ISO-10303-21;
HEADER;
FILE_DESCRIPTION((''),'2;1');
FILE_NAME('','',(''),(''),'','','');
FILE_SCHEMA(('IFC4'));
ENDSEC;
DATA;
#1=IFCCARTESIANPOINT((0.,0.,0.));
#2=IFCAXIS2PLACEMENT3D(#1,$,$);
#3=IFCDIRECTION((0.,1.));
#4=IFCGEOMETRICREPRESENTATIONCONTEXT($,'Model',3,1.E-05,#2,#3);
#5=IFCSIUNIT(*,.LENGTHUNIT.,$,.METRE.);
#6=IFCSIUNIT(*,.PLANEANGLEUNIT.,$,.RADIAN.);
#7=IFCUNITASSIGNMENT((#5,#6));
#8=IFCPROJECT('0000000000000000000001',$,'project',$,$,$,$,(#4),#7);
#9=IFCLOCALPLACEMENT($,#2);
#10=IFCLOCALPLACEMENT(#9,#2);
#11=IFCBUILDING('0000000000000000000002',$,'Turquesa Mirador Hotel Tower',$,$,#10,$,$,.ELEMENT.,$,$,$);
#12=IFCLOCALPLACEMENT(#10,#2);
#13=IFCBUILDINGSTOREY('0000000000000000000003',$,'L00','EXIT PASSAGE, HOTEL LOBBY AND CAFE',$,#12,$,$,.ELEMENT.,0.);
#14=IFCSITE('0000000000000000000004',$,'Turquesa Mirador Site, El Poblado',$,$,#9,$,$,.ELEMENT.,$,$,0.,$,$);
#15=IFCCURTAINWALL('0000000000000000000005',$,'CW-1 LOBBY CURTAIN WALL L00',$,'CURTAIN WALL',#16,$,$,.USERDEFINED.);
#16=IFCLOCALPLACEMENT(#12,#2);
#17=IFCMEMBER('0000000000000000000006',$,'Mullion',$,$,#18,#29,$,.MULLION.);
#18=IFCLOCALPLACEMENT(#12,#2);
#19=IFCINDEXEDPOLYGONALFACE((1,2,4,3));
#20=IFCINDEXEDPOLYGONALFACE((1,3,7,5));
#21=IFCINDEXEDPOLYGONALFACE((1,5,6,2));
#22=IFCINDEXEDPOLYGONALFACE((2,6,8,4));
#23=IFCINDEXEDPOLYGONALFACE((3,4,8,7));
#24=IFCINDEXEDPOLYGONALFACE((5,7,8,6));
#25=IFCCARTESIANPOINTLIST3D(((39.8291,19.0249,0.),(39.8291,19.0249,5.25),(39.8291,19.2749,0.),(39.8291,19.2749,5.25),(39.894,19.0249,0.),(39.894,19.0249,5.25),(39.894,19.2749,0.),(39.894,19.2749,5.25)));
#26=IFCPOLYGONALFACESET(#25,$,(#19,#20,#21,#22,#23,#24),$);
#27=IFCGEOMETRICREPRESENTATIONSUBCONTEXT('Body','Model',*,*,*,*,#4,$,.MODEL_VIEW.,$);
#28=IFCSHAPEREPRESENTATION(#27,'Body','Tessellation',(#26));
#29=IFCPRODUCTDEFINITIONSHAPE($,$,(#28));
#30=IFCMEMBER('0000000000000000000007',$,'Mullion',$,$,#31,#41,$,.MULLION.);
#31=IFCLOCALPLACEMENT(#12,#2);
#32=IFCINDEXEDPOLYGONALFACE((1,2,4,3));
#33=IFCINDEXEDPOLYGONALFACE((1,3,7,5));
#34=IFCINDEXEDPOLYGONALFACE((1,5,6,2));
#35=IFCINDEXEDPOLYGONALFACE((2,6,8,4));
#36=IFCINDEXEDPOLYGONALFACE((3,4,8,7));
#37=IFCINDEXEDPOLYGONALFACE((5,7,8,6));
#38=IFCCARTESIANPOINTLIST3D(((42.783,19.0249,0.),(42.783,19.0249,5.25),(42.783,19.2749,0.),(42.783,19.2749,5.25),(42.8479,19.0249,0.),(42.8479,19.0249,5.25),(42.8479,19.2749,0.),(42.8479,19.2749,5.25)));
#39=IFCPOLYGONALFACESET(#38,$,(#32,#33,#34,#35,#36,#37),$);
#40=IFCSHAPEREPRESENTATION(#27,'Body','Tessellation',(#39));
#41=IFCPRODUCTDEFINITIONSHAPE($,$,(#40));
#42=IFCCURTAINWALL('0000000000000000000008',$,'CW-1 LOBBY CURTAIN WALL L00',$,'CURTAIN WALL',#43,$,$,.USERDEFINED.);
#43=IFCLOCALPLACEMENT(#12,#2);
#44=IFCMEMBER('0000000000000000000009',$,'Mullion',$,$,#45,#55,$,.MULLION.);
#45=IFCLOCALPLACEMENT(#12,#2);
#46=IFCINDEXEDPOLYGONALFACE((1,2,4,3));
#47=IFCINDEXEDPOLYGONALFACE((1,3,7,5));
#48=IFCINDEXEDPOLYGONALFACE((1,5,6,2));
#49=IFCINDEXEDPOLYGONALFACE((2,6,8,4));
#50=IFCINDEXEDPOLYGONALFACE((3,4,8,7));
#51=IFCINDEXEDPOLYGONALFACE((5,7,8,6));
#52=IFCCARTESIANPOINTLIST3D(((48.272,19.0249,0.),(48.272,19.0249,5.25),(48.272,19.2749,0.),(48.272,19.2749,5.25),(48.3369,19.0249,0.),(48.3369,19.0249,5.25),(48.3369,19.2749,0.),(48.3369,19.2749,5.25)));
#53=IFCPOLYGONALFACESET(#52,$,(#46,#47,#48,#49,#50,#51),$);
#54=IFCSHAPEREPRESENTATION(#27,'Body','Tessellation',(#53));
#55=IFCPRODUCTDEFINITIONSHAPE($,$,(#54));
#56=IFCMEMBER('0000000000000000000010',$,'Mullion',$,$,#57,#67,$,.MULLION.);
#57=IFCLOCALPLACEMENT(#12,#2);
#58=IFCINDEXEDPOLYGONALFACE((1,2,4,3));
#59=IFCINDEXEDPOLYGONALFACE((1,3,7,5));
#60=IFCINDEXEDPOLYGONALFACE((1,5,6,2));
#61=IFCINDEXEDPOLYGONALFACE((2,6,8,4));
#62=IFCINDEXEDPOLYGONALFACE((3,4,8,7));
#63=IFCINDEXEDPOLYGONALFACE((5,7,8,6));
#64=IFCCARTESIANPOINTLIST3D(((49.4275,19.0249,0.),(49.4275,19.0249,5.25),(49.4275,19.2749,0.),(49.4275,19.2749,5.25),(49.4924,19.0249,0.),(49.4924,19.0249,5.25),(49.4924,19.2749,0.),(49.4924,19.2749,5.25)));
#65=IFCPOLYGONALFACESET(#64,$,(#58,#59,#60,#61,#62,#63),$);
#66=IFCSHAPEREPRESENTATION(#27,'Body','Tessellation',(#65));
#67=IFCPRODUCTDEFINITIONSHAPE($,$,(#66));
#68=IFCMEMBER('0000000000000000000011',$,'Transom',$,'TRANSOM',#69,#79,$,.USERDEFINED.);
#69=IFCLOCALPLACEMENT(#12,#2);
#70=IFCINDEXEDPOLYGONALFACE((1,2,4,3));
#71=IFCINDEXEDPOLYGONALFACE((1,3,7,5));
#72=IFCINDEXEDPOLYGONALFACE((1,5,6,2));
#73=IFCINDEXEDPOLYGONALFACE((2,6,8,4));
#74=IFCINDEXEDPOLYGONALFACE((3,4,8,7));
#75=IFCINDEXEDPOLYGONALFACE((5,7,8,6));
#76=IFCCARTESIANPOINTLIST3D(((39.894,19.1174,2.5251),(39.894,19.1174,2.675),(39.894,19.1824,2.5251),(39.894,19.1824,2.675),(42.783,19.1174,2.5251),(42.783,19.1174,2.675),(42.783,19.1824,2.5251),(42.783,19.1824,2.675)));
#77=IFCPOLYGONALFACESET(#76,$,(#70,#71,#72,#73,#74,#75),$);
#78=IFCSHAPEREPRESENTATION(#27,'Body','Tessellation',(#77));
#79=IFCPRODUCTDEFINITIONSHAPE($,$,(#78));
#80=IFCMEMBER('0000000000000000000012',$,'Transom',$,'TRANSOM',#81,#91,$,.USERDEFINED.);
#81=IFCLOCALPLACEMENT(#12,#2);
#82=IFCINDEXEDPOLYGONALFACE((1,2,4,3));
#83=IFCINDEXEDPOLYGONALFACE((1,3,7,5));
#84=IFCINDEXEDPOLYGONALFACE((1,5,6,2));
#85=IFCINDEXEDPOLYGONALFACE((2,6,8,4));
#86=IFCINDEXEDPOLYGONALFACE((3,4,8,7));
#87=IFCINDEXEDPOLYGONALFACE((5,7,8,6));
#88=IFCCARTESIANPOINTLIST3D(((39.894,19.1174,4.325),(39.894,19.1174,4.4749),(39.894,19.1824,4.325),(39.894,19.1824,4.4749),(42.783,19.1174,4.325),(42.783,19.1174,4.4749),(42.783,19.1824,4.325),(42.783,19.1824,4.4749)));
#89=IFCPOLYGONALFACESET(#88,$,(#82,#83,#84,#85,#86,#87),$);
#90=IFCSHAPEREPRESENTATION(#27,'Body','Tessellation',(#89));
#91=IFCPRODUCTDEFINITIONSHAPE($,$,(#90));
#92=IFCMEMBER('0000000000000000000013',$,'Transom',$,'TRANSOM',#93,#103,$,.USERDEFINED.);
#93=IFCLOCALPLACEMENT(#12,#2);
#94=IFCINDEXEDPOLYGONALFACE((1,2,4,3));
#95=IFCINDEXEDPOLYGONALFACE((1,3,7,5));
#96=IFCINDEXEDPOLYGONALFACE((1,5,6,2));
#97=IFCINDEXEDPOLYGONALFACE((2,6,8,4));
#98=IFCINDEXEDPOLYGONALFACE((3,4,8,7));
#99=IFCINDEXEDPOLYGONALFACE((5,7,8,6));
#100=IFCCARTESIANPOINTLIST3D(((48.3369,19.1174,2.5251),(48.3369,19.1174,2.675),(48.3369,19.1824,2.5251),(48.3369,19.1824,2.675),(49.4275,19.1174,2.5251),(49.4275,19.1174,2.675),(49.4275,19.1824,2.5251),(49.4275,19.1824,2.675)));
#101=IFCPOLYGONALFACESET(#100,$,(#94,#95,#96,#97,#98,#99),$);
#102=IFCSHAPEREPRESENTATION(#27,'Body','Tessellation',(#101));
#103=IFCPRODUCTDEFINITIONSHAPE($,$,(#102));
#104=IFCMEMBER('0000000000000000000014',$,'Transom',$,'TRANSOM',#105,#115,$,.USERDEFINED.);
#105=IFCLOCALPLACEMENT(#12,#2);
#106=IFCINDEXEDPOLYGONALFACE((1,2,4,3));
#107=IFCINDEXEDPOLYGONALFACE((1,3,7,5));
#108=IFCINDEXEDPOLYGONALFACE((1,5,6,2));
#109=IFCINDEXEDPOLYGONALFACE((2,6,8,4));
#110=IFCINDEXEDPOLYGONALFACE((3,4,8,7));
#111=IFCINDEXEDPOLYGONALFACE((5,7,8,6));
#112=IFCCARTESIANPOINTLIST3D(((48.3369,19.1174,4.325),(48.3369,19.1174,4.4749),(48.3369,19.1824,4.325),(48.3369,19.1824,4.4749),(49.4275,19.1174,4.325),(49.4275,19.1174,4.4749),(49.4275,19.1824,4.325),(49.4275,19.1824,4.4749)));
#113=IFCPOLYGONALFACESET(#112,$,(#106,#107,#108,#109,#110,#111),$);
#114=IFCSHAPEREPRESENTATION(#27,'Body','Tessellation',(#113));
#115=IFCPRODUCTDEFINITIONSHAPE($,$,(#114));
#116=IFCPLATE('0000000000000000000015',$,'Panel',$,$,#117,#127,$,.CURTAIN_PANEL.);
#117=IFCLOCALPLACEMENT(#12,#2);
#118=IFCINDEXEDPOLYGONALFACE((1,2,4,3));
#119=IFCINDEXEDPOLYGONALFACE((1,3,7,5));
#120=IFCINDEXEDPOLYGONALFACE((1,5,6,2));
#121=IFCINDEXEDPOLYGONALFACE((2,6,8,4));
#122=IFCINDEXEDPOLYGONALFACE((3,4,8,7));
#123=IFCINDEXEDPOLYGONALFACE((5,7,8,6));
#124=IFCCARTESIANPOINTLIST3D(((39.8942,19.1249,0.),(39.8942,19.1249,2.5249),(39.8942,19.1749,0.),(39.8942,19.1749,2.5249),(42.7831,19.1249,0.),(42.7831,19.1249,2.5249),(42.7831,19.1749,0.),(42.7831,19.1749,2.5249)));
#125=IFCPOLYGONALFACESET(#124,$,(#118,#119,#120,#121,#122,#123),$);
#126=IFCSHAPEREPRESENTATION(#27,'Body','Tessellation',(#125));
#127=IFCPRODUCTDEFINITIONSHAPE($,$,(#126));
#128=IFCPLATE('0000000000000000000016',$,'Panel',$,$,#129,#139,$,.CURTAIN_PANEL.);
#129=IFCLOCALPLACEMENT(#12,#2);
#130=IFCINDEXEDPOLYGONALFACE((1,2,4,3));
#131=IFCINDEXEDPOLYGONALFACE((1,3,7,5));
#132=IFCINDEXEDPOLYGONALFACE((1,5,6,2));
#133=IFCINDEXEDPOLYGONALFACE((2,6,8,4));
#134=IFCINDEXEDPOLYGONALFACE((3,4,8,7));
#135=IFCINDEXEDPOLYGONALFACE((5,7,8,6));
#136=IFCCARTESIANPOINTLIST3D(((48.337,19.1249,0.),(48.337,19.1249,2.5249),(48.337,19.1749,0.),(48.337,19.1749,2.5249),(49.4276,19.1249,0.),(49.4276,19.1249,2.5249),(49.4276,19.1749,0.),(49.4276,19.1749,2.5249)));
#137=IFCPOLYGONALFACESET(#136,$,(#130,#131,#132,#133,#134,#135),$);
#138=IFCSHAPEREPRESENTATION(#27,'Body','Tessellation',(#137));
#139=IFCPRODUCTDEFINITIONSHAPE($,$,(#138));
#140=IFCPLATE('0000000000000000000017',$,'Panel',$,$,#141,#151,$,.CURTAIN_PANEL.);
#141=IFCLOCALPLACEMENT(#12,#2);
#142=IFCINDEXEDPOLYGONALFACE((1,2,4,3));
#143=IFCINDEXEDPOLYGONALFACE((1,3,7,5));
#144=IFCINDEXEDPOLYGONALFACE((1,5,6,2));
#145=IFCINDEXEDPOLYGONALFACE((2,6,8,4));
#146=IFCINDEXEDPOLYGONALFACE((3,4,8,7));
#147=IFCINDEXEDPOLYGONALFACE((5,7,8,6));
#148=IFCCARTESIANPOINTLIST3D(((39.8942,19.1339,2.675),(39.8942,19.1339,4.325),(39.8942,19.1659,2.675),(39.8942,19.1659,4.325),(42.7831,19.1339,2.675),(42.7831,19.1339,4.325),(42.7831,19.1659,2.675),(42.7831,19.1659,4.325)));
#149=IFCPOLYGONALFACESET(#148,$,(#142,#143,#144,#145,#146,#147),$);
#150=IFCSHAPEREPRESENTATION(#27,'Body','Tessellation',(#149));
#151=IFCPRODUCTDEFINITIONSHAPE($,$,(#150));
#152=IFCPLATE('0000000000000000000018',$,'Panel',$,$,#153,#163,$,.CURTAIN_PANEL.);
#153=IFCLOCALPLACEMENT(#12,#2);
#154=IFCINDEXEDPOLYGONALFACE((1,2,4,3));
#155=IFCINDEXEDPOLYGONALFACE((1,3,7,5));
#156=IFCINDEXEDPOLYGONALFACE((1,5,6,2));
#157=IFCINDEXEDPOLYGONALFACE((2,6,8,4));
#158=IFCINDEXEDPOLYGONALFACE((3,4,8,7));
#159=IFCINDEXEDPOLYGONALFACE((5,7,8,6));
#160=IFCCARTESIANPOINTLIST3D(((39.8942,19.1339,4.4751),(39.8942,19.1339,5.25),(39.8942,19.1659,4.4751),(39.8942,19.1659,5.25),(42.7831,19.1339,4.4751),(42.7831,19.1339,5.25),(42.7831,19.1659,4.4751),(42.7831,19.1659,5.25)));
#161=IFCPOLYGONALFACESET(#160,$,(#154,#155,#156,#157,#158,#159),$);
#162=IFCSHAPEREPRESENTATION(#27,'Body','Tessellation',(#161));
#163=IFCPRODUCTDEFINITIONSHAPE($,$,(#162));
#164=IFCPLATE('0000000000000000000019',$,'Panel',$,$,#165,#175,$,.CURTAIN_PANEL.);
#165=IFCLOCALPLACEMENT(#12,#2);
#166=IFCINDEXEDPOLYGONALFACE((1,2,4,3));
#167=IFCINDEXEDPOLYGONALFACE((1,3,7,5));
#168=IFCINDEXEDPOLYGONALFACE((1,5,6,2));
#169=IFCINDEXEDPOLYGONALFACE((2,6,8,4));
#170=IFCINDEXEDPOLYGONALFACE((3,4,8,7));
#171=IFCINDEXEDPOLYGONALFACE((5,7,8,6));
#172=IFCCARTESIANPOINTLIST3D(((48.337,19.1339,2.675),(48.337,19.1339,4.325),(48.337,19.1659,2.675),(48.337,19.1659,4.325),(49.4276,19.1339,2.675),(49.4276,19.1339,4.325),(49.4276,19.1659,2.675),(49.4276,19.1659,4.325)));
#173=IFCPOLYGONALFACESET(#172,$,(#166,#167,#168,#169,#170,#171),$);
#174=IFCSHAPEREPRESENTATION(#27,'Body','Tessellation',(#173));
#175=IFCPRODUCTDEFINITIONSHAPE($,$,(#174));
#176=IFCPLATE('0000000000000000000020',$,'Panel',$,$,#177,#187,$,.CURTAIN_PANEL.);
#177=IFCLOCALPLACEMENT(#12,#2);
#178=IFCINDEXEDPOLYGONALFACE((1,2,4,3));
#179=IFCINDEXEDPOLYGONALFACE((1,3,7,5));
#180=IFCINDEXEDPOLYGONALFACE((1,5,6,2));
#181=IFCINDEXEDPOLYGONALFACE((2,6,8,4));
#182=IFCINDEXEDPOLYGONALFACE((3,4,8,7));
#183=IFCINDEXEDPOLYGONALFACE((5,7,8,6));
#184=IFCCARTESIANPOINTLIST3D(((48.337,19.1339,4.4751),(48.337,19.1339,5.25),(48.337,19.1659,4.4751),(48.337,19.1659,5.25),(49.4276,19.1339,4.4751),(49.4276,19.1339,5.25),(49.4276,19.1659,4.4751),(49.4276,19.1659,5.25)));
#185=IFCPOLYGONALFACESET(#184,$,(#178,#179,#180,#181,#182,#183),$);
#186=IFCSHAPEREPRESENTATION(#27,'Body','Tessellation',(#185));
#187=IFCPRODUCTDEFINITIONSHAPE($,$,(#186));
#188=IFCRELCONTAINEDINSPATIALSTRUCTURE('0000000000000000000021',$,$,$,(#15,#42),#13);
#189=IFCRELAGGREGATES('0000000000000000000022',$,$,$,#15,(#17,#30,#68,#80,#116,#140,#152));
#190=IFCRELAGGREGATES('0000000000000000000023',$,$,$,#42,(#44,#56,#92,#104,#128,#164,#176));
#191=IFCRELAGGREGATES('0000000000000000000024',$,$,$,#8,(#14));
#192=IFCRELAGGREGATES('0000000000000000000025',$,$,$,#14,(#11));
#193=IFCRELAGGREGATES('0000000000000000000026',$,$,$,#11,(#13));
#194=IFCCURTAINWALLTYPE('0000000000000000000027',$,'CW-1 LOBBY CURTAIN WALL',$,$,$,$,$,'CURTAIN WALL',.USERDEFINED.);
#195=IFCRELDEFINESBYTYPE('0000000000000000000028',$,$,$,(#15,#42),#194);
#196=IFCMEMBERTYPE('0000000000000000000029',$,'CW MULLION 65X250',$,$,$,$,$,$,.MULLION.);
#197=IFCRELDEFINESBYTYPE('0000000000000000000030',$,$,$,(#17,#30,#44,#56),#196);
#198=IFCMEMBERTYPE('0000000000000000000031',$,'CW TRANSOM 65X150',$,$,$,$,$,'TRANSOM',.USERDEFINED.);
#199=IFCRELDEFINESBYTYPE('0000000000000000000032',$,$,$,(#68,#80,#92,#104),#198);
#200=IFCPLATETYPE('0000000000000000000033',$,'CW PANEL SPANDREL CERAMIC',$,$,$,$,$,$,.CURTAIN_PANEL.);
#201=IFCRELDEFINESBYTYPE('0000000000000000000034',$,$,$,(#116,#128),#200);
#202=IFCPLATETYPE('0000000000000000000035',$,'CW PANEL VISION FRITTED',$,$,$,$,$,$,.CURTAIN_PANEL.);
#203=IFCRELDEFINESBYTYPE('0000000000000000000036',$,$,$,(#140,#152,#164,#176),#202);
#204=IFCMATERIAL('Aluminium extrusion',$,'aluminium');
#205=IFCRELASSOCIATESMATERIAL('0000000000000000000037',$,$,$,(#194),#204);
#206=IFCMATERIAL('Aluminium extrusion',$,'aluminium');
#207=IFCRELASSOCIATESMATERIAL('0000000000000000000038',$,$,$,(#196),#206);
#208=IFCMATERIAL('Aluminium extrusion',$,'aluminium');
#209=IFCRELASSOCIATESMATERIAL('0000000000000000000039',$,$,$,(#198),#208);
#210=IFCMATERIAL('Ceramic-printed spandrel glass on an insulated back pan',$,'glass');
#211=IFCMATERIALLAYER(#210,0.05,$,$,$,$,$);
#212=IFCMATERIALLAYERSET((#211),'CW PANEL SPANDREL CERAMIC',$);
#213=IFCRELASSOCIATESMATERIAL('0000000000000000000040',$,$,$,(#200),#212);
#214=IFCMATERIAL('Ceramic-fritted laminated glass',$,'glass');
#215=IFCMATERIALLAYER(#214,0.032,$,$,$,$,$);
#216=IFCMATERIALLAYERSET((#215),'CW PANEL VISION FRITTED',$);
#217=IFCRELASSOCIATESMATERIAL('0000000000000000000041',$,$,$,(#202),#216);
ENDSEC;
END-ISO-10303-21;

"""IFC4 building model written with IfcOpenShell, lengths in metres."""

from ifc_helpers import new_model, si_unit, direction, frame, origin, origin_2d, place, context, subcontext, project, spatial, rectangle, extrude, material, layer, layer_set, material_profile, profile_set, type_object, element, aggregate, save


model = new_model("IFC4")

# Units and contexts
model_context = context("Model", 3, precision=1e-05, world=origin(), true_north=direction((0.0, 1.0)))
body_context = subcontext(model_context, "Body", "Model", "MODEL_VIEW")
ifc_project = project(units=[si_unit("LENGTHUNIT", "METRE"), si_unit("PLANEANGLEUNIT", "RADIAN")], contexts=[model_context])

# Site, building, storey
site_placement = place(None, origin())
site = spatial("IfcSite", under=ifc_project, at=site_placement, Name="Turquesa Mirador Site, El Poblado", CompositionType="ELEMENT", RefElevation=0.0)
building_placement = place(site_placement, origin())
building = spatial("IfcBuilding", under=site, at=building_placement, Name="Turquesa Mirador Hotel Tower", CompositionType="ELEMENT")
storey_placement = place(building_placement, origin())
storey = spatial("IfcBuildingStorey", under=building, at=storey_placement, Name="L00", Description="EXIT PASSAGE, HOTEL LOBBY AND CAFE", CompositionType="ELEMENT", Elevation=0.0)

# Curtain walls, members
ifc_material_1 = material(Name="Aluminium extrusion", Category="aluminium")
curtain_wall_type = type_object("IfcCurtainWallType", Name="CW-1 LOBBY CURTAIN WALL", ElementType="CURTAIN WALL", PredefinedType="USERDEFINED", material=ifc_material_1)
curtain_wall_1_placement = place(storey_placement, origin())
curtain_wall_1 = element("IfcCurtainWall", 1, at=curtain_wall_1_placement, inside=storey, type_object=curtain_wall_type, Name="CW-1 LOBBY CURTAIN WALL L00", ObjectType="CURTAIN WALL", PredefinedType="USERDEFINED")
ifc_material_2 = material(Name="Aluminium extrusion", Category="aluminium")
ifc_material_profile_1 = material_profile(ifc_material_2, rectangle(XDim=0.0649, YDim=0.25, at=origin_2d()), Name="MULLION 65X250")
ifc_profile_set_1 = profile_set([ifc_material_profile_1], Name="Aluminium extrusion")
member_type_1 = type_object("IfcMemberType", Name="CW MULLION 65X250", PredefinedType="MULLION", material=ifc_profile_set_1)
member_1_placement = place(storey_placement, frame((39.8616, 19.1499, 0.0), z_axis=(0.0, 0.0, 1.0), x_axis=(1.0, 0.0, 0.0)))
member_1 = element("IfcMember", 2, at=member_1_placement, type_object=member_type_1, Name="Mullion", PredefinedType="MULLION", context=body_context, shape_type="SweptSolid", body=[
    extrude(rectangle(XDim=0.0649, YDim=0.25, at=origin_2d()), origin(), (0.0, 0.0, 1.0), 5.25),
])
member_2_placement = place(storey_placement, frame((42.8154, 19.1499, 0.0), z_axis=(0.0, 0.0, 1.0), x_axis=(1.0, 0.0, 0.0)))
member_2 = element("IfcMember", 3, at=member_2_placement, type_object=member_type_1, Name="Mullion", PredefinedType="MULLION", context=body_context, shape_type="SweptSolid", body=[
    extrude(rectangle(XDim=0.0649, YDim=0.25, at=origin_2d()), origin(), (0.0, 0.0, 1.0), 5.25),
])
curtain_wall_2_placement = place(storey_placement, origin())
curtain_wall_2 = element("IfcCurtainWall", 4, at=curtain_wall_2_placement, inside=storey, type_object=curtain_wall_type, Name="CW-1 LOBBY CURTAIN WALL L00", ObjectType="CURTAIN WALL", PredefinedType="USERDEFINED")
member_3_placement = place(storey_placement, frame((48.3044, 19.1499, 0.0), z_axis=(0.0, 0.0, 1.0), x_axis=(1.0, 0.0, 0.0)))
member_3 = element("IfcMember", 5, at=member_3_placement, type_object=member_type_1, Name="Mullion", PredefinedType="MULLION", context=body_context, shape_type="SweptSolid", body=[
    extrude(rectangle(XDim=0.0649, YDim=0.25, at=origin_2d()), origin(), (0.0, 0.0, 1.0), 5.25),
])
member_4_placement = place(storey_placement, frame((49.46, 19.1499, 0.0), z_axis=(0.0, 0.0, 1.0), x_axis=(1.0, 0.0, 0.0)))
member_4 = element("IfcMember", 6, at=member_4_placement, type_object=member_type_1, Name="Mullion", PredefinedType="MULLION", context=body_context, shape_type="SweptSolid", body=[
    extrude(rectangle(XDim=0.0649, YDim=0.25, at=origin_2d()), origin(), (0.0, 0.0, 1.0), 5.25),
])

# Members
ifc_material_3 = material(Name="Aluminium extrusion", Category="aluminium")
ifc_material_profile_2 = material_profile(ifc_material_3, rectangle(XDim=0.0649, YDim=0.1499, at=origin_2d()), Name="TRANSOM 65X150")
ifc_profile_set_2 = profile_set([ifc_material_profile_2], Name="Aluminium extrusion")
member_type_2 = type_object("IfcMemberType", Name="CW TRANSOM 65X150", ElementType="TRANSOM", PredefinedType="USERDEFINED", material=ifc_profile_set_2)
member_5_placement = place(storey_placement, frame((39.894, 19.1499, 2.6001), z_axis=(1.0, 0.0, 0.0), x_axis=(0.0, 1.0, 0.0)))
member_5 = element("IfcMember", 7, at=member_5_placement, type_object=member_type_2, Name="Transom", ObjectType="TRANSOM", PredefinedType="USERDEFINED", context=body_context, shape_type="SweptSolid", body=[
    extrude(rectangle(XDim=0.0649, YDim=0.1499, at=origin_2d()), origin(), (0.0, 0.0, 1.0), 2.8889),
])
member_6_placement = place(storey_placement, frame((39.894, 19.1499, 4.3999), z_axis=(1.0, 0.0, 0.0), x_axis=(0.0, 1.0, 0.0)))
member_6 = element("IfcMember", 8, at=member_6_placement, type_object=member_type_2, Name="Transom", ObjectType="TRANSOM", PredefinedType="USERDEFINED", context=body_context, shape_type="SweptSolid", body=[
    extrude(rectangle(XDim=0.0649, YDim=0.1499, at=origin_2d()), origin(), (0.0, 0.0, 1.0), 2.8889),
])
member_7_placement = place(storey_placement, frame((48.3369, 19.1499, 2.6001), z_axis=(1.0, 0.0, 0.0), x_axis=(0.0, 1.0, 0.0)))
member_7 = element("IfcMember", 9, at=member_7_placement, type_object=member_type_2, Name="Transom", ObjectType="TRANSOM", PredefinedType="USERDEFINED", context=body_context, shape_type="SweptSolid", body=[
    extrude(rectangle(XDim=0.0649, YDim=0.1499, at=origin_2d()), origin(), (0.0, 0.0, 1.0), 1.0906),
])
member_8_placement = place(storey_placement, frame((48.3369, 19.1499, 4.3999), z_axis=(1.0, 0.0, 0.0), x_axis=(0.0, 1.0, 0.0)))
member_8 = element("IfcMember", 10, at=member_8_placement, type_object=member_type_2, Name="Transom", ObjectType="TRANSOM", PredefinedType="USERDEFINED", context=body_context, shape_type="SweptSolid", body=[
    extrude(rectangle(XDim=0.0649, YDim=0.1499, at=origin_2d()), origin(), (0.0, 0.0, 1.0), 1.0906),
])

# Plates
ifc_material_4 = material(Name="Ceramic-printed spandrel glass on an insulated back pan", Category="glass")
ifc_layer_1 = layer(ifc_material_4, 0.05)
ifc_layer_set_1 = layer_set([ifc_layer_1], Name="CW PANEL SPANDREL CERAMIC")
plate_type_1 = type_object("IfcPlateType", Name="CW PANEL SPANDREL CERAMIC", PredefinedType="CURTAIN_PANEL", material=ifc_layer_set_1)
plate_1_placement = place(storey_placement, frame((41.3386, 19.1499, 0.0), z_axis=(0.0, 0.0, 1.0), x_axis=(1.0, 0.0, 0.0)))
plate_1 = element("IfcPlate", 11, at=plate_1_placement, type_object=plate_type_1, Name="Panel", PredefinedType="CURTAIN_PANEL", context=body_context, shape_type="SweptSolid", body=[
    extrude(rectangle(XDim=2.8889, YDim=0.05, at=origin_2d()), origin(), (0.0, 0.0, 1.0), 2.5249),
])
plate_2_placement = place(storey_placement, frame((48.8823, 19.1499, 0.0), z_axis=(0.0, 0.0, 1.0), x_axis=(1.0, 0.0, 0.0)))
plate_2 = element("IfcPlate", 12, at=plate_2_placement, type_object=plate_type_1, Name="Panel", PredefinedType="CURTAIN_PANEL", context=body_context, shape_type="SweptSolid", body=[
    extrude(rectangle(XDim=1.0906, YDim=0.05, at=origin_2d()), origin(), (0.0, 0.0, 1.0), 2.5249),
])
ifc_material_5 = material(Name="Ceramic-fritted laminated glass", Category="glass")
ifc_layer_2 = layer(ifc_material_5, 0.032)
ifc_layer_set_2 = layer_set([ifc_layer_2], Name="CW PANEL VISION FRITTED")
plate_type_2 = type_object("IfcPlateType", Name="CW PANEL VISION FRITTED", PredefinedType="CURTAIN_PANEL", material=ifc_layer_set_2)
plate_3_placement = place(storey_placement, frame((41.3386, 19.1499, 2.675), z_axis=(0.0, 0.0, 1.0), x_axis=(1.0, 0.0, 0.0)))
plate_3 = element("IfcPlate", 13, at=plate_3_placement, type_object=plate_type_2, Name="Panel", PredefinedType="CURTAIN_PANEL", context=body_context, shape_type="SweptSolid", body=[
    extrude(rectangle(XDim=2.8889, YDim=0.032, at=origin_2d()), origin(), (0.0, 0.0, 1.0), 1.6499),
])
plate_4_placement = place(storey_placement, frame((41.3386, 19.1499, 4.4751), z_axis=(0.0, 0.0, 1.0), x_axis=(1.0, 0.0, 0.0)))
plate_4 = element("IfcPlate", 14, at=plate_4_placement, type_object=plate_type_2, Name="Panel", PredefinedType="CURTAIN_PANEL", context=body_context, shape_type="SweptSolid", body=[
    extrude(rectangle(XDim=2.8889, YDim=0.032, at=origin_2d()), origin(), (0.0, 0.0, 1.0), 0.7749),
])
aggregate(curtain_wall_1, [member_1, member_2, member_5, member_6, plate_1, plate_3, plate_4])
plate_5_placement = place(storey_placement, frame((48.8823, 19.1499, 2.675), z_axis=(0.0, 0.0, 1.0), x_axis=(1.0, 0.0, 0.0)))
plate_5 = element("IfcPlate", 15, at=plate_5_placement, type_object=plate_type_2, Name="Panel", PredefinedType="CURTAIN_PANEL", context=body_context, shape_type="SweptSolid", body=[
    extrude(rectangle(XDim=1.0906, YDim=0.032, at=origin_2d()), origin(), (0.0, 0.0, 1.0), 1.6499),
])
plate_6_placement = place(storey_placement, frame((48.8823, 19.1499, 4.4751), z_axis=(0.0, 0.0, 1.0), x_axis=(1.0, 0.0, 0.0)))
plate_6 = element("IfcPlate", 16, at=plate_6_placement, type_object=plate_type_2, Name="Panel", PredefinedType="CURTAIN_PANEL", context=body_context, shape_type="SweptSolid", body=[
    extrude(rectangle(XDim=1.0906, YDim=0.032, at=origin_2d()), origin(), (0.0, 0.0, 1.0), 0.7749),
])
aggregate(curtain_wall_2, [member_3, member_4, member_7, member_8, plate_2, plate_5, plate_6])

save(model, "model.ifc")
